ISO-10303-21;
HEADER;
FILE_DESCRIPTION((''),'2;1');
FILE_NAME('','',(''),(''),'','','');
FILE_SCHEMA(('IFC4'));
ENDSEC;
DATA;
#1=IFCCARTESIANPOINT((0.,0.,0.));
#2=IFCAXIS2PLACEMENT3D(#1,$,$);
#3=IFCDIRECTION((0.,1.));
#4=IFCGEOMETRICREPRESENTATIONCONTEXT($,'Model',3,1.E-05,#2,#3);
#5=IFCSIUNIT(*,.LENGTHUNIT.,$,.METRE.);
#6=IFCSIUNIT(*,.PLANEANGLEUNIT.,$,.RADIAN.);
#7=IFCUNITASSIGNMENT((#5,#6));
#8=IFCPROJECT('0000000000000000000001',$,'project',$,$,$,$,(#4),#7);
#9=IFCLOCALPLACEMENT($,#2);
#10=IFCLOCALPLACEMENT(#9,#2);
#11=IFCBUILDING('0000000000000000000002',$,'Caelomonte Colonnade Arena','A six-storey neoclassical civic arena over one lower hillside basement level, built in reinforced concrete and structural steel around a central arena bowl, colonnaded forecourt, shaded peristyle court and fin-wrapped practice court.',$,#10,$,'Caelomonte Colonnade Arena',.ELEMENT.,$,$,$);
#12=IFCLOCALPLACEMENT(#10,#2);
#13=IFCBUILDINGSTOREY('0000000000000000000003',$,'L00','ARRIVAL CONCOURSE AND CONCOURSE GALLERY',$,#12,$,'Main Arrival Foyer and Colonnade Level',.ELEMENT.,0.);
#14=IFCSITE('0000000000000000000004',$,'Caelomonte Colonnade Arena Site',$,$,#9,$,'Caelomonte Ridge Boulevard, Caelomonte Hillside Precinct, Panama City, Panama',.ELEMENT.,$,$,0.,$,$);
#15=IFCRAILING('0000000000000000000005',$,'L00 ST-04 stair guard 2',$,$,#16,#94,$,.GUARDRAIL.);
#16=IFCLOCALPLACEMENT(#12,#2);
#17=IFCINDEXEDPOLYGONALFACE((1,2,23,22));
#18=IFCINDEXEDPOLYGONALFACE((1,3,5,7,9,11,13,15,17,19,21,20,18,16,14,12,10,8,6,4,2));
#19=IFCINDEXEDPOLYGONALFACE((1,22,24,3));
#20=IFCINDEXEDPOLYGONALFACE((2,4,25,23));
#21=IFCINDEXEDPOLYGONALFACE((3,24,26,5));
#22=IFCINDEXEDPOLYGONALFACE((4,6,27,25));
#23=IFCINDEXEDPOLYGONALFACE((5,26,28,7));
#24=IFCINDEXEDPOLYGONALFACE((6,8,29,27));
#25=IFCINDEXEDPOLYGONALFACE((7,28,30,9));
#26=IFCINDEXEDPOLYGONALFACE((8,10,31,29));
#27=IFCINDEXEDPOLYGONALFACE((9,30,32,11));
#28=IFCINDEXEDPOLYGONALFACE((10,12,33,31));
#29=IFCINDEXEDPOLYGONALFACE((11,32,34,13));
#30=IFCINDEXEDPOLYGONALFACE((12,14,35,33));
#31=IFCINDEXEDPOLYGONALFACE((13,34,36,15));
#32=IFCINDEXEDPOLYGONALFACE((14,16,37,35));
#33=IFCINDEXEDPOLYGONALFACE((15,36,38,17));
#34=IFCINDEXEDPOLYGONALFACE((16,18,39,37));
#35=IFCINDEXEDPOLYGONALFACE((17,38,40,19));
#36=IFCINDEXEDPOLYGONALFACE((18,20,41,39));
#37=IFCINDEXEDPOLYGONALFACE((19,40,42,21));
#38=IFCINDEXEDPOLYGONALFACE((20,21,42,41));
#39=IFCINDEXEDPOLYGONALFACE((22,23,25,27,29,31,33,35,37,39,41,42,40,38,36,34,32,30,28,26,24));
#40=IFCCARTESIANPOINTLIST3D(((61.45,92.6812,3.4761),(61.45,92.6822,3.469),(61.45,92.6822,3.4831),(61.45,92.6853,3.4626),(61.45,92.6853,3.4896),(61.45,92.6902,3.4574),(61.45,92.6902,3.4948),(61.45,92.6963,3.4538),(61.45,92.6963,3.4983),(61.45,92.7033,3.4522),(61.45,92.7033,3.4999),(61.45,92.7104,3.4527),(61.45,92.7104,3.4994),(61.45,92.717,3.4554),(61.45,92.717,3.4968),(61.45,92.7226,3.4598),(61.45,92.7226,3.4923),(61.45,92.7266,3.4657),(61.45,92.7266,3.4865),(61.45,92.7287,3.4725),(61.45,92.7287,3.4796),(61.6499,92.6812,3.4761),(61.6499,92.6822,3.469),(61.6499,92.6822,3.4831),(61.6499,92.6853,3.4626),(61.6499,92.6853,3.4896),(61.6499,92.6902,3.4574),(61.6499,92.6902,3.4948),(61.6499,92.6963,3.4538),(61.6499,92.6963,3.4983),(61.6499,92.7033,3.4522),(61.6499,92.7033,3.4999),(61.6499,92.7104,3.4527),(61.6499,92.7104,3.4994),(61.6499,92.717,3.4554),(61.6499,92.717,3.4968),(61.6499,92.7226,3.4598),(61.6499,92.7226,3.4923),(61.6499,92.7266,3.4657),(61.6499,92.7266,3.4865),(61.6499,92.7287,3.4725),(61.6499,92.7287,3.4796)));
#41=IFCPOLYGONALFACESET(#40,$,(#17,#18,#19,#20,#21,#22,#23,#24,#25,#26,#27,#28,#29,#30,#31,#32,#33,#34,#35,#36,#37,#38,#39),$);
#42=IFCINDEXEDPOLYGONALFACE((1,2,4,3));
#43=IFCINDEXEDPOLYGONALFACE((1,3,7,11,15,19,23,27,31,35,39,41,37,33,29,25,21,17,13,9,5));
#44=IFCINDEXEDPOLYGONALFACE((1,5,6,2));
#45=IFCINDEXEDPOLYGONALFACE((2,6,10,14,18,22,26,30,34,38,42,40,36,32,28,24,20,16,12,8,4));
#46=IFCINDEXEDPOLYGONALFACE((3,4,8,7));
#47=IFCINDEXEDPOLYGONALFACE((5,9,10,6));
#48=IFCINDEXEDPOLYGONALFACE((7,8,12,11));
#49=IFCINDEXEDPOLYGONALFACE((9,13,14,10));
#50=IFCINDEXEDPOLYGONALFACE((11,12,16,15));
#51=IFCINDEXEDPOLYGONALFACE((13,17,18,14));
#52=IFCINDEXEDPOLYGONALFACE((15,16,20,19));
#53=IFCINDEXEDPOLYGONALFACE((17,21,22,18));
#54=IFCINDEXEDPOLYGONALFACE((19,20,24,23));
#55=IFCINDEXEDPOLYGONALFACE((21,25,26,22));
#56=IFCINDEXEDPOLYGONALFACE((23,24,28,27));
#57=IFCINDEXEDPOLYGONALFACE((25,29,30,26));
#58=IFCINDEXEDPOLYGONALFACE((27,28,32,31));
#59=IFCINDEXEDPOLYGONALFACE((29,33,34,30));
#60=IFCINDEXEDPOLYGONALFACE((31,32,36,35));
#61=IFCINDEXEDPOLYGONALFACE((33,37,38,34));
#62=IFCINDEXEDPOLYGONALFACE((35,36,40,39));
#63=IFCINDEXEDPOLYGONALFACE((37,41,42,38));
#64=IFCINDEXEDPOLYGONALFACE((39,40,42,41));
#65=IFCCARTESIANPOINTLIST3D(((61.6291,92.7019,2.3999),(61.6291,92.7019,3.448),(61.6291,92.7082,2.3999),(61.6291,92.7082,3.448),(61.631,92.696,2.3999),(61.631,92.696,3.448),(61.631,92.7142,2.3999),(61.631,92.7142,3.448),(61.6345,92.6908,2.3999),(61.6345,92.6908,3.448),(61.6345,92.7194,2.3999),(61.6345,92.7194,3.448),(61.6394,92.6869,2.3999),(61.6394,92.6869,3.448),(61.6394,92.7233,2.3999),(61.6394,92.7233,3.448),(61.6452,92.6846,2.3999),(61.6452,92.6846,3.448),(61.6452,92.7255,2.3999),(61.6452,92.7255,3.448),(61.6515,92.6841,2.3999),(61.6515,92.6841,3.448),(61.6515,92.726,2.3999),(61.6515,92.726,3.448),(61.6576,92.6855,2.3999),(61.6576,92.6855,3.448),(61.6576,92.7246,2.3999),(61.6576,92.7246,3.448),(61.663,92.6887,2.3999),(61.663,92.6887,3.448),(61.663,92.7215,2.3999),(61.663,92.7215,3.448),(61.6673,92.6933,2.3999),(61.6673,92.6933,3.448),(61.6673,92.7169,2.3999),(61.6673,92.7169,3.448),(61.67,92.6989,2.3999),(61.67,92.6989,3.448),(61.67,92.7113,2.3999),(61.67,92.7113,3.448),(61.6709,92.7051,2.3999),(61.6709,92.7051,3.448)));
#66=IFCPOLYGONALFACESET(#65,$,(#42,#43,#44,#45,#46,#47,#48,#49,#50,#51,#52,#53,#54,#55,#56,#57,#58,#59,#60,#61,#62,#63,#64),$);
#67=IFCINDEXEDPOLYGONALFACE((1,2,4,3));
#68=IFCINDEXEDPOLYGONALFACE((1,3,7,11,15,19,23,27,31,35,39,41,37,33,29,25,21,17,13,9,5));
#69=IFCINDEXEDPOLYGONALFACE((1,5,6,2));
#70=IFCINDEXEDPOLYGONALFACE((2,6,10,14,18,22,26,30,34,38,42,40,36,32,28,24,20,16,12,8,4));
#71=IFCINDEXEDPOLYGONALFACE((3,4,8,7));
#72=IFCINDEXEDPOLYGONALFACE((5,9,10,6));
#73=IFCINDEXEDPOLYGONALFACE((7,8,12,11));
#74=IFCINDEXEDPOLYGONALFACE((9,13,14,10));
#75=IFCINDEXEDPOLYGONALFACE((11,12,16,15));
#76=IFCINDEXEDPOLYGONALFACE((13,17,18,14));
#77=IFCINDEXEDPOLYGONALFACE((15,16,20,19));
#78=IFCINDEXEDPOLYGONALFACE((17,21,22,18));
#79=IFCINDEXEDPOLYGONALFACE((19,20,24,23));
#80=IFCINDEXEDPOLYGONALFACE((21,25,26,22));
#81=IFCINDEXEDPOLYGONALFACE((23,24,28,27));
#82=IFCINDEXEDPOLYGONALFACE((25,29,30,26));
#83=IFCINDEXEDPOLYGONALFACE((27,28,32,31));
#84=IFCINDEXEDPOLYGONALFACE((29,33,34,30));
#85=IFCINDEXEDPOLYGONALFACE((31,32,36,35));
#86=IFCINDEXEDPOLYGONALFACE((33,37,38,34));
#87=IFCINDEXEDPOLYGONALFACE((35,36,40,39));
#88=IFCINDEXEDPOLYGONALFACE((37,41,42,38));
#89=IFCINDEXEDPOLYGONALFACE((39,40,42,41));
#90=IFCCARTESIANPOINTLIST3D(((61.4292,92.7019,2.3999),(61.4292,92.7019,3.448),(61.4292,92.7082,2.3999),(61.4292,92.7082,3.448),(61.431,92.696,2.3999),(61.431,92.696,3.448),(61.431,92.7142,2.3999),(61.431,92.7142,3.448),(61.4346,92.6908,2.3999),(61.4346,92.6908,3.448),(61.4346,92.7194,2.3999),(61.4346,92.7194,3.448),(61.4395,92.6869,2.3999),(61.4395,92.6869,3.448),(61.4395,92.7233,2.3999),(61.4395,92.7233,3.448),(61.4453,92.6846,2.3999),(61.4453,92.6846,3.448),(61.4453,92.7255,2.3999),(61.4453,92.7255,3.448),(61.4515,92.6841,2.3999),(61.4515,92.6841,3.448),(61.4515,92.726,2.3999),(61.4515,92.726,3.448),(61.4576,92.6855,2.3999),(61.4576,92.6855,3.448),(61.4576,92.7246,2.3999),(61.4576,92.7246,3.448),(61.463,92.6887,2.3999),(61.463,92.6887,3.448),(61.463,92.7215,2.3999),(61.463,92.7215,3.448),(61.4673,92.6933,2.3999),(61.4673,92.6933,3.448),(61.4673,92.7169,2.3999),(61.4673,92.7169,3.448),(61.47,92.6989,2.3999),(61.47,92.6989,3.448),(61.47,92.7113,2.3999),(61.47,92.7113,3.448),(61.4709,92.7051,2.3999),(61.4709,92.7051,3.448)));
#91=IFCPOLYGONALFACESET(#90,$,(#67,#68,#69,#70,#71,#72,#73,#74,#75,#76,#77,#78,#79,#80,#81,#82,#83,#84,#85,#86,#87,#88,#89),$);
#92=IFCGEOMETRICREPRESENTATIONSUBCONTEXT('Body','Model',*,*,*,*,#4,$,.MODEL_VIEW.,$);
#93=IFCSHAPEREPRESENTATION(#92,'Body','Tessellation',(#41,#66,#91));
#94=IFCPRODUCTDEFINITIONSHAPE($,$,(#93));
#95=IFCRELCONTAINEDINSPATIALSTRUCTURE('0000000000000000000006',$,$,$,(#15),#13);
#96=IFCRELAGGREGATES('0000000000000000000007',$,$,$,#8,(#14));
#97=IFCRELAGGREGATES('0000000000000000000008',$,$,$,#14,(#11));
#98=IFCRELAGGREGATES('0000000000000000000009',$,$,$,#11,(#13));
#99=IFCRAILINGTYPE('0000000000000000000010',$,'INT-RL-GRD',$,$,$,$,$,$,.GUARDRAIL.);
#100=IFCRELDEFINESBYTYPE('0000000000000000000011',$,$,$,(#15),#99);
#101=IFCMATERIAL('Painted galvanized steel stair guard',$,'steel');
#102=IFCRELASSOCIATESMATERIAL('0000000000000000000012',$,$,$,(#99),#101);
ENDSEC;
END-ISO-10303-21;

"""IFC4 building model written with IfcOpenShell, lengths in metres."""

from ifc_helpers import new_model, si_unit, direction, frame, origin, origin_2d, place, context, subcontext, project, spatial, circle, extrude, material, type_object, element, save


model = new_model("IFC4")

# Units and contexts
model_context = context("Model", 3, precision=1e-05, world=origin(), true_north=direction((0.0, 1.0)))
body_context = subcontext(model_context, "Body", "Model", "MODEL_VIEW")
ifc_project = project(units=[si_unit("LENGTHUNIT", "METRE"), si_unit("PLANEANGLEUNIT", "RADIAN")], contexts=[model_context])

# Site, building, storey
site_placement = place(None, origin())
site = spatial("IfcSite", under=ifc_project, at=site_placement, Name="Caelomonte Colonnade Arena Site", LongName="Caelomonte Ridge Boulevard, Caelomonte Hillside Precinct, Panama City, Panama", CompositionType="ELEMENT", RefElevation=0.0)
building_placement = place(site_placement, origin())
building = spatial("IfcBuilding", under=site, at=building_placement, Name="Caelomonte Colonnade Arena", Description="A six-storey neoclassical civic arena over one lower hillside basement level, built in reinforced concrete and structural steel around a central arena bowl, colonnaded forecourt, shaded peristyle court and fin-wrapped practice court.", LongName="Caelomonte Colonnade Arena", CompositionType="ELEMENT")
storey_placement = place(building_placement, origin())
storey = spatial("IfcBuildingStorey", under=building, at=storey_placement, Name="L00", Description="ARRIVAL CONCOURSE AND CONCOURSE GALLERY", LongName="Main Arrival Foyer and Colonnade Level", CompositionType="ELEMENT", Elevation=0.0)

# Railing
ifc_material_1 = material(Name="Painted galvanized steel stair guard", Category="steel")
railing_type_1 = type_object("IfcRailingType", Name="INT-RL-GRD", PredefinedType="GUARDRAIL", material=ifc_material_1)
railing_1_placement = place(storey_placement, frame((61.6499, 92.7051, 2.3999)))
element("IfcRailing", 1, at=railing_1_placement, inside=storey, type_object=railing_type_1, Name="L00 ST-04 stair guard 2", PredefinedType="GUARDRAIL", context=body_context, shape_type="SweptSolid", body=[
    extrude(circle(Radius=0.0239, at=origin_2d()), frame((0.0, 0.0, 1.0762), z_axis=(-1.0, 0.0, 0.0), x_axis=(0.0, -1.0, 0.0)), (0.0, 0.0, 1.0), 0.2),
    extrude(circle(Radius=0.021, at=origin_2d()), origin(), (0.0, 0.0, 1.0), 1.0481),
    extrude(circle(Radius=0.021, at=origin_2d()), frame((-0.2, 0.0, 0.0)), (0.0, 0.0, 1.0), 1.0481),
])

save(model, "model.ifc")
